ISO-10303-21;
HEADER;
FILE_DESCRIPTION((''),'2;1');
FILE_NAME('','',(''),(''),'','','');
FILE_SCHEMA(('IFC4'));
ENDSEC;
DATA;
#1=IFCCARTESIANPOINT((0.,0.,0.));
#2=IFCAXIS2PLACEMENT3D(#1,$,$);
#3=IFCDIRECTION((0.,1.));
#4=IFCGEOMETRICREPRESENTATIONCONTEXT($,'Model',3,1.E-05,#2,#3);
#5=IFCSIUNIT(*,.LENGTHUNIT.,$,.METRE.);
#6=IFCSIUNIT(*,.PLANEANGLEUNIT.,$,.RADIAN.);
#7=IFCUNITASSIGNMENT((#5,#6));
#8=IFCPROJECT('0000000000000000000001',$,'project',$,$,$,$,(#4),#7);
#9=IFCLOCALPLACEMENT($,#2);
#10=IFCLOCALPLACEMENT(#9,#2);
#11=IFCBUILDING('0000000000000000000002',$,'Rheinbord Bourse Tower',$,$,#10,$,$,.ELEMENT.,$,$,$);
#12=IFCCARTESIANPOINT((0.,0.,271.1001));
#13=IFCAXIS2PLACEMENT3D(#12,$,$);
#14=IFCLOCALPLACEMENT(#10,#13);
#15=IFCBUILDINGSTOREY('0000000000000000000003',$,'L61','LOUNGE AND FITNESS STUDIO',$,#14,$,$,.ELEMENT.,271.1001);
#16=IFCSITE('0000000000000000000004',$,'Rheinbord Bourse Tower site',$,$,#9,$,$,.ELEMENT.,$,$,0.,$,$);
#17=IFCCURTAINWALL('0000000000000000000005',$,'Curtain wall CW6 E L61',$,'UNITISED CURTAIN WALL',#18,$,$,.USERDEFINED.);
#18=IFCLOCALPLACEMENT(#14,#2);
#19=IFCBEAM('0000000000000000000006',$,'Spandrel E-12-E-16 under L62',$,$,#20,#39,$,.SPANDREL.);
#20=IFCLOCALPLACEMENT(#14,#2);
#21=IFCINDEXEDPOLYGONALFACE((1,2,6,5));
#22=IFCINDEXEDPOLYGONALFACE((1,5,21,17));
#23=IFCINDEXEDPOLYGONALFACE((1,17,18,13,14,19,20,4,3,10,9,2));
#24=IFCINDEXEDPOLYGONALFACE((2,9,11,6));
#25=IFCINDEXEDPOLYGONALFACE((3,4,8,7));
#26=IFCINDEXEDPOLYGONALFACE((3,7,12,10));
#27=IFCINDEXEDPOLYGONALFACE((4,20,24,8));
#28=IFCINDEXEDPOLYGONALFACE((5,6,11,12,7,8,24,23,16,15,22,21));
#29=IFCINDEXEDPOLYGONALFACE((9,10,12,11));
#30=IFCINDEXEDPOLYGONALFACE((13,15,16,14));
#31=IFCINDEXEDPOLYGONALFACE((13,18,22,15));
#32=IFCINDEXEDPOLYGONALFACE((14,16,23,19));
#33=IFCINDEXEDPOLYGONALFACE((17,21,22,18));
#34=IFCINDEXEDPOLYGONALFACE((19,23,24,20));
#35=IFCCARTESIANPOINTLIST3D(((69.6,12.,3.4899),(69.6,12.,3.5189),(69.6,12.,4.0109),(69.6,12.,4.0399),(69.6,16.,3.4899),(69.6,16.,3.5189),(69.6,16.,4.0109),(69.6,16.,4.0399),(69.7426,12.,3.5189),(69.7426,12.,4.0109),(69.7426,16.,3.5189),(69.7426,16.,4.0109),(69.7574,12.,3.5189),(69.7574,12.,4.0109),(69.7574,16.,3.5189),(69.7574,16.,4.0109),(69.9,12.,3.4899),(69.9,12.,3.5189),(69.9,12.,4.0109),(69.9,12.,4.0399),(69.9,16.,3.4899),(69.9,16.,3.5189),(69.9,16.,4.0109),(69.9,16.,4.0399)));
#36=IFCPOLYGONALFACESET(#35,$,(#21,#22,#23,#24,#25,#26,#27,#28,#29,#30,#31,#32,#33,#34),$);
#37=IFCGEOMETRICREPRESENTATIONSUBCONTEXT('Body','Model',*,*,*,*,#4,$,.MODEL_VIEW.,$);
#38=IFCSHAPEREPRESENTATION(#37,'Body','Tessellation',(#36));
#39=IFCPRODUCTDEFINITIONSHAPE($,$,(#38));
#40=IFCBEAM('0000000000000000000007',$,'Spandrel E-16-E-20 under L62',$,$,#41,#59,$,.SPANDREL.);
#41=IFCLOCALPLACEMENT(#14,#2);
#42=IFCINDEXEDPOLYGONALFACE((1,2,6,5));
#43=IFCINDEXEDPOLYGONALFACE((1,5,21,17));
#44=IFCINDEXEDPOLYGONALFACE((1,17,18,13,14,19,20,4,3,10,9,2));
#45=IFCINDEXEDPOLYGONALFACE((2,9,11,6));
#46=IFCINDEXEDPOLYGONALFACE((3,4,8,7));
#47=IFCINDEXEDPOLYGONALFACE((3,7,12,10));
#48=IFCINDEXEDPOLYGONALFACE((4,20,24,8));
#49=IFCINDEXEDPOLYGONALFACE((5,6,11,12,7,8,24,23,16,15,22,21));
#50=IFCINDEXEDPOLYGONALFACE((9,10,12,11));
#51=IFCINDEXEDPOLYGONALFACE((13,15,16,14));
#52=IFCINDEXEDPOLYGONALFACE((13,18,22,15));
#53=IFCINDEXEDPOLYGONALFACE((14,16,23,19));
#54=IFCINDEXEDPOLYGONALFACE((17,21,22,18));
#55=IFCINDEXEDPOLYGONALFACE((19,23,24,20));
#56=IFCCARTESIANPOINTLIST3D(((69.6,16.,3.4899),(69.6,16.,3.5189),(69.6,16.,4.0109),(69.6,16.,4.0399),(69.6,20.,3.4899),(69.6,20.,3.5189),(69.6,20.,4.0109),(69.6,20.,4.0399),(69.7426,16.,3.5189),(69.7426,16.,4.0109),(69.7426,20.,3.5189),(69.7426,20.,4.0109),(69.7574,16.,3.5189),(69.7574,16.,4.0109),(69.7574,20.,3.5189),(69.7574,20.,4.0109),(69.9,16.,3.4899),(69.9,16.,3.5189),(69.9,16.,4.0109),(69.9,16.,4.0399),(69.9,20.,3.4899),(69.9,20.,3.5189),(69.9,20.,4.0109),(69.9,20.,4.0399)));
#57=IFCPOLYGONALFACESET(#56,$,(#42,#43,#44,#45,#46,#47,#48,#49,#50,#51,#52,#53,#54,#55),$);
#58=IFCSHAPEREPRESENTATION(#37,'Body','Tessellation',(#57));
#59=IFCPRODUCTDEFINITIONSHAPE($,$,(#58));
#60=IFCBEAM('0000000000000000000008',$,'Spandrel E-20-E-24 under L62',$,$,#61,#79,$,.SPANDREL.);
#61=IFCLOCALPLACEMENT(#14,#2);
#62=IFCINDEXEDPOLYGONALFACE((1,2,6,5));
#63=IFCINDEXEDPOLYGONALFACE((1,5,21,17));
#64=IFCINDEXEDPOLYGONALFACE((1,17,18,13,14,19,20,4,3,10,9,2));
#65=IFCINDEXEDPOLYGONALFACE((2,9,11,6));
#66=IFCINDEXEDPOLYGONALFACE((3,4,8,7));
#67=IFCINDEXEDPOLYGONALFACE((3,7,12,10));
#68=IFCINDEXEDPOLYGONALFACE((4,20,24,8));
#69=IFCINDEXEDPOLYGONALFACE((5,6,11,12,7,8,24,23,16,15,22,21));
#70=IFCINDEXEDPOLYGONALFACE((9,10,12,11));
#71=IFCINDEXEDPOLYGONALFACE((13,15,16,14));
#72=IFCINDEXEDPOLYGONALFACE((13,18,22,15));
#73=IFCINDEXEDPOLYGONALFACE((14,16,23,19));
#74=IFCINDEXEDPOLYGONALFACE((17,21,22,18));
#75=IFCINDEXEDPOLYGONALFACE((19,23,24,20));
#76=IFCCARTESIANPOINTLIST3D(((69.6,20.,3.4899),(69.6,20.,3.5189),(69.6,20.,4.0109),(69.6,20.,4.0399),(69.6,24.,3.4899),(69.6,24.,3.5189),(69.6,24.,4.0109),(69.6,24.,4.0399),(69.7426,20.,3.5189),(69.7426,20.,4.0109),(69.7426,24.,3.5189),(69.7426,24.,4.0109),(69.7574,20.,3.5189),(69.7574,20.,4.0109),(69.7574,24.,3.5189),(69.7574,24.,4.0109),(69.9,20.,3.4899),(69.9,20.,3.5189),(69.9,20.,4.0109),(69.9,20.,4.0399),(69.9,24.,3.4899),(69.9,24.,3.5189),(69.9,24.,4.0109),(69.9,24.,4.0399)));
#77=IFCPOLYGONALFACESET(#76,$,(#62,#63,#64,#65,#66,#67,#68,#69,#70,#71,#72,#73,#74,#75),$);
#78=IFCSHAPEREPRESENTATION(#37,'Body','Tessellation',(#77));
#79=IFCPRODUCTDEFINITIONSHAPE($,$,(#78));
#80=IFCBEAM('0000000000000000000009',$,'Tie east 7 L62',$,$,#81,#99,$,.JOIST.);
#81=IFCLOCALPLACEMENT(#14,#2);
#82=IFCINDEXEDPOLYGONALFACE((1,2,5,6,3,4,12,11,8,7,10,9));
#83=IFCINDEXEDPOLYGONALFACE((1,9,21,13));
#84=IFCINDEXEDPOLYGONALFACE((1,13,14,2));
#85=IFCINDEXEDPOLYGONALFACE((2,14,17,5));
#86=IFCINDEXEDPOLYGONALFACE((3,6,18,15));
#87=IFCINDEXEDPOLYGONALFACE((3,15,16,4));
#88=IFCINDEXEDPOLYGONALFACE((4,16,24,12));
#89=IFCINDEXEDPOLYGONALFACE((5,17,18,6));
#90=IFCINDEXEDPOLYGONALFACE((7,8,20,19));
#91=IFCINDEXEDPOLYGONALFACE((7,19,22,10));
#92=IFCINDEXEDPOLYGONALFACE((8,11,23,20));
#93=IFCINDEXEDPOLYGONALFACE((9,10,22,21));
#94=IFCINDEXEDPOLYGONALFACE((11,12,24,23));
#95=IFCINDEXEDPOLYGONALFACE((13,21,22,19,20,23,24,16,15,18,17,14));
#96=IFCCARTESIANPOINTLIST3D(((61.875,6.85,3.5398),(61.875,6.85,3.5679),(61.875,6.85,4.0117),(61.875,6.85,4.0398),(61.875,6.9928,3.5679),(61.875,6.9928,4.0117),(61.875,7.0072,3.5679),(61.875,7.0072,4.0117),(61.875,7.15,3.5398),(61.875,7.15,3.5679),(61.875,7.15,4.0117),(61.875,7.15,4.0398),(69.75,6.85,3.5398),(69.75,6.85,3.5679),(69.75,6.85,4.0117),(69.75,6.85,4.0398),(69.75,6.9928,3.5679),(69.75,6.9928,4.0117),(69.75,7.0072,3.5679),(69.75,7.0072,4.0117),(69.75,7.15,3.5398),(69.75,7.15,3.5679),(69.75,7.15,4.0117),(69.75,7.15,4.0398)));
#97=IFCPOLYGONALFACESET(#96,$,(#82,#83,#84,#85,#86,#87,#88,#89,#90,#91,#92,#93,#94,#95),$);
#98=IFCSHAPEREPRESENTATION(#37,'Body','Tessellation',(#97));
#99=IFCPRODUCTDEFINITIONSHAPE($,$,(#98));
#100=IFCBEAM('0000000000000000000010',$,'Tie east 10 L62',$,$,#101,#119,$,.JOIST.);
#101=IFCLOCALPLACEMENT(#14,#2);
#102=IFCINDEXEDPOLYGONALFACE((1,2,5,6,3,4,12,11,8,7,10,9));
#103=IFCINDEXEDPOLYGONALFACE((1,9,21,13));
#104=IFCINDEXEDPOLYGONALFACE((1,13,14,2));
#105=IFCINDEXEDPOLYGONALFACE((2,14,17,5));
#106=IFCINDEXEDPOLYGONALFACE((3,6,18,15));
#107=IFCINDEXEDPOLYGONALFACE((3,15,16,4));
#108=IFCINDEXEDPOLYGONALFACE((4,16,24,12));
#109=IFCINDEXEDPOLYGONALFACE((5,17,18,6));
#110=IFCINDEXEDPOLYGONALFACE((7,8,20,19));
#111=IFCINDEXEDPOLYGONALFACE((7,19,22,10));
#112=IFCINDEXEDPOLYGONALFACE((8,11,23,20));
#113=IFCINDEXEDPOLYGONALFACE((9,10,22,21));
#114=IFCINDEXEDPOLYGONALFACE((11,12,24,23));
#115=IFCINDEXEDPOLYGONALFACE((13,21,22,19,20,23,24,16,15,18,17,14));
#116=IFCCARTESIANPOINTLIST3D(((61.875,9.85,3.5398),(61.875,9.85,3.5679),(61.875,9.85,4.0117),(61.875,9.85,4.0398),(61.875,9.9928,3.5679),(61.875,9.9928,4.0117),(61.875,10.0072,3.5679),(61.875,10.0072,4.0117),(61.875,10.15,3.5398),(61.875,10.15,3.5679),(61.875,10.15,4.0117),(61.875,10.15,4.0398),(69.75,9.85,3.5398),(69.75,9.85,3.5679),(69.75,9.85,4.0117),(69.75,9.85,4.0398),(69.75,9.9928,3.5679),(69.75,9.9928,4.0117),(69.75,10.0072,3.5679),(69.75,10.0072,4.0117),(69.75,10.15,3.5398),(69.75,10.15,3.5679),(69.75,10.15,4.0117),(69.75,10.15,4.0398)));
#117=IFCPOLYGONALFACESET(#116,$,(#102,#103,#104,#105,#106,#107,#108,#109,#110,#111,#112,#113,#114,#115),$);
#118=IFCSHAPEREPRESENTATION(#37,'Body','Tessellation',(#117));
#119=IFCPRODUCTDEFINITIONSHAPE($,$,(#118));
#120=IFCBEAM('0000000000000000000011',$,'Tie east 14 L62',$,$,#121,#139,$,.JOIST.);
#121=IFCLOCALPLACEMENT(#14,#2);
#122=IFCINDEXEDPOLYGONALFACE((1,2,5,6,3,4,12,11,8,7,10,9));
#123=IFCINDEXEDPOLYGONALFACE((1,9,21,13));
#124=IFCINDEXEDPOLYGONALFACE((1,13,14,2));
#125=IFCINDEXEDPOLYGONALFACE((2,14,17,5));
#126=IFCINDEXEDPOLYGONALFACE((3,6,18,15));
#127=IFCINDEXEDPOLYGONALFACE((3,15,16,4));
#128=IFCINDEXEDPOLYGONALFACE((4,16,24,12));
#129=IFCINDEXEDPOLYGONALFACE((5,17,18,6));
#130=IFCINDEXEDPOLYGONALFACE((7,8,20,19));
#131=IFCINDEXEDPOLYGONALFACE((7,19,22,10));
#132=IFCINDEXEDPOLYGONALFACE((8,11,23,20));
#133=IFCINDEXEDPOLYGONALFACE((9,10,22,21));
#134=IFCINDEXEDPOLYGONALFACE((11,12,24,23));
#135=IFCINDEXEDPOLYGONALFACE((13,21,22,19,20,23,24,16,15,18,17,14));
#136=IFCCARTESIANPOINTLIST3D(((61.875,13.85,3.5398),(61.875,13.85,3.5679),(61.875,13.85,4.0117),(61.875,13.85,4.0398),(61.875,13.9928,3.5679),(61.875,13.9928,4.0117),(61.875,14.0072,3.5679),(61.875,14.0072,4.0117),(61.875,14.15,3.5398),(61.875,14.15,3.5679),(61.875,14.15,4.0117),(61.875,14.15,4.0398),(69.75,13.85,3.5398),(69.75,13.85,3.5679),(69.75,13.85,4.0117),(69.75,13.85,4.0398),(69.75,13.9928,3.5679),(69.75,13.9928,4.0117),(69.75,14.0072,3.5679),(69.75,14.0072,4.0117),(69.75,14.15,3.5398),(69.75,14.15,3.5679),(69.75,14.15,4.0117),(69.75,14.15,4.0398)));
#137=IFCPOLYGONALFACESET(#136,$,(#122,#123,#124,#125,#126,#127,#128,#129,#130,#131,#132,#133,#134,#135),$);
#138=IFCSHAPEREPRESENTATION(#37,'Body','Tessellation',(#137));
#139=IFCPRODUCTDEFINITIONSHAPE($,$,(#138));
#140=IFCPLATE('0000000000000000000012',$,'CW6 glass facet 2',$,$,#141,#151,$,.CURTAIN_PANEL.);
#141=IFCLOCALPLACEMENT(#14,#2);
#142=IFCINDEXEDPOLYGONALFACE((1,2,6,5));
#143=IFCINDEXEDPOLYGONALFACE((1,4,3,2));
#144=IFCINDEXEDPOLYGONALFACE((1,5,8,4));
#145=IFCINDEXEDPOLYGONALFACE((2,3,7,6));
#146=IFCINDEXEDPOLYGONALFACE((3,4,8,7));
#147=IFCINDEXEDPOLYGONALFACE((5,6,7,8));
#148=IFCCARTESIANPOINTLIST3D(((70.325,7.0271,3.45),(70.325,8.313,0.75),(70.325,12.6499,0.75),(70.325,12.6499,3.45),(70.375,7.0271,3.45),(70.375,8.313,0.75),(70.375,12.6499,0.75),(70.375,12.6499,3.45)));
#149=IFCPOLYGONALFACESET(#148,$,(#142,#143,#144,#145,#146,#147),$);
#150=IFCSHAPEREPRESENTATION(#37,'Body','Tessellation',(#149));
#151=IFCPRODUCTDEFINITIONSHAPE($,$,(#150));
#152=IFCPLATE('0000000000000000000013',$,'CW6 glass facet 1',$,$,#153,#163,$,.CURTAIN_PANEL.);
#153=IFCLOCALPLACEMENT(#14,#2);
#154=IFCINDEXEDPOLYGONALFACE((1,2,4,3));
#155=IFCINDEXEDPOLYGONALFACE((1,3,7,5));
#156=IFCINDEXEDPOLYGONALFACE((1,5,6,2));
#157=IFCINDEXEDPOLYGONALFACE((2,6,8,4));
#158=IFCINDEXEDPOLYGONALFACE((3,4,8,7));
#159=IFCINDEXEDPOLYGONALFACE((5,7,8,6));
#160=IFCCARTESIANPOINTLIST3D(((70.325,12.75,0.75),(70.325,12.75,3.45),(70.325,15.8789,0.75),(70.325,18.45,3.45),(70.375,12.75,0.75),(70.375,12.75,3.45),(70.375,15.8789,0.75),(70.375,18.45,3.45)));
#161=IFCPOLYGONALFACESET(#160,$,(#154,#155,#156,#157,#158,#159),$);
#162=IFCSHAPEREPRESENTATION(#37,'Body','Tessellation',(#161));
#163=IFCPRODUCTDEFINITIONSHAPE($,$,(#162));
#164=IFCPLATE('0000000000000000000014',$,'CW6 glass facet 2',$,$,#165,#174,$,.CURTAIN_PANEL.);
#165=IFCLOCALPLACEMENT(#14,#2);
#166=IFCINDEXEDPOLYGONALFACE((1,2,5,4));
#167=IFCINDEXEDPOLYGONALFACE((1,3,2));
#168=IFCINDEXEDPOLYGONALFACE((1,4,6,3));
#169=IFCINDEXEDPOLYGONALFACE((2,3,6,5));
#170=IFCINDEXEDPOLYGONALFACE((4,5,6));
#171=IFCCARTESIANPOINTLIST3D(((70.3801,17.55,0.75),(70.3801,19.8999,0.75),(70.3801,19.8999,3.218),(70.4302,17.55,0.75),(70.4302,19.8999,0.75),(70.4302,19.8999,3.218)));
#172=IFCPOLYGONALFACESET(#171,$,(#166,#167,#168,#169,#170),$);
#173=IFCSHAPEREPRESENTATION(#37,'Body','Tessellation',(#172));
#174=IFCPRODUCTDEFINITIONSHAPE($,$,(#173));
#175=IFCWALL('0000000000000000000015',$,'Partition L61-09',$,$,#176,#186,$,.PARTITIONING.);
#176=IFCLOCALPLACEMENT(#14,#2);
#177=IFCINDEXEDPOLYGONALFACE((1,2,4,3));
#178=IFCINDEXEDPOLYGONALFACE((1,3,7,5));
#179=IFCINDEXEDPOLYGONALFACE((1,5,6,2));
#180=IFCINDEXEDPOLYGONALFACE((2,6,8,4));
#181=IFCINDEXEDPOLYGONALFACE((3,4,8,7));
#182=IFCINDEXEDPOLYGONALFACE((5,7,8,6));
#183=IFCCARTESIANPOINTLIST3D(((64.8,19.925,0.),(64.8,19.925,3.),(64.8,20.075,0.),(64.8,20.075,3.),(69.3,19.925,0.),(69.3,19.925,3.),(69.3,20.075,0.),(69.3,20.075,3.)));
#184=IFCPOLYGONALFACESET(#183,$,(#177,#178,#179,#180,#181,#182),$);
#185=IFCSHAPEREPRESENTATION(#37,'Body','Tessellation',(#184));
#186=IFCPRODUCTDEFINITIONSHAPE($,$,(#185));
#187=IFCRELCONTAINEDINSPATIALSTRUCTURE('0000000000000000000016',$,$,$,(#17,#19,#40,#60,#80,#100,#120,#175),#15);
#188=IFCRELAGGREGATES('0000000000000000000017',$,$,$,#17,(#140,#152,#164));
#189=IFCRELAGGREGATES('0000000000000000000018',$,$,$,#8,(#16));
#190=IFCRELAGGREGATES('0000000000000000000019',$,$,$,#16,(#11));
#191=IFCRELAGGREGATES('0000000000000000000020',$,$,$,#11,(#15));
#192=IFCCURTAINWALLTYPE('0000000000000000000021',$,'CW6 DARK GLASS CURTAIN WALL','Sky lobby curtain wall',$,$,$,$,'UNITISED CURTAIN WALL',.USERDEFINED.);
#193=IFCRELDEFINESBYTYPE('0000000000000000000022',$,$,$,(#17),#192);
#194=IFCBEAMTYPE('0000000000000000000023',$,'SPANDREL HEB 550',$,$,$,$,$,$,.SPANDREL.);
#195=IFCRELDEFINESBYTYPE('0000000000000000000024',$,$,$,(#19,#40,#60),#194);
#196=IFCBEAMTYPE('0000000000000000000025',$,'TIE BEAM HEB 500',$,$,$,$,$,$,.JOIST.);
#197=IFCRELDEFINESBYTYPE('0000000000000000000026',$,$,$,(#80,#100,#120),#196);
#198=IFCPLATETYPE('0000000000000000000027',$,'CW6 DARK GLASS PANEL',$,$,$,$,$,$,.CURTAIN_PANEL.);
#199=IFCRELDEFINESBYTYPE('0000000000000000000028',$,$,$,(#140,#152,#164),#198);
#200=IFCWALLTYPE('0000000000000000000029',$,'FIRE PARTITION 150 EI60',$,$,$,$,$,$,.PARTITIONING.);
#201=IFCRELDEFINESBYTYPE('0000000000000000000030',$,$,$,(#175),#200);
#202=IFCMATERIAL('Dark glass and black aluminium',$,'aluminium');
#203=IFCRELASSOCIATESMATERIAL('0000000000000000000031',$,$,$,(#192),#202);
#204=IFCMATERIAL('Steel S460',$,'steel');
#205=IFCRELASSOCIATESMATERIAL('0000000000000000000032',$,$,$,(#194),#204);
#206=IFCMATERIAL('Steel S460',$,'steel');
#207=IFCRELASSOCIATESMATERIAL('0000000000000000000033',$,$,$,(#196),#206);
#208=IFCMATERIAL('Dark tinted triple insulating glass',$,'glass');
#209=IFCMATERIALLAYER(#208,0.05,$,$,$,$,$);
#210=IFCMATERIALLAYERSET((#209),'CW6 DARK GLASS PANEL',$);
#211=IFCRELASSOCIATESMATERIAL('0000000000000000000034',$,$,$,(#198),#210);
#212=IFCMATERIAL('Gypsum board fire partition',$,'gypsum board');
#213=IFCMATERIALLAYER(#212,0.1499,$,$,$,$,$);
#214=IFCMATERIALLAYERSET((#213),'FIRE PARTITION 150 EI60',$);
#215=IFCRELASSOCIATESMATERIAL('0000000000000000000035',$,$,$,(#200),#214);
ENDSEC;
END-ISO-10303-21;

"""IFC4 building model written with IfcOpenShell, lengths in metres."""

from ifc_helpers import new_model, si_unit, direction, frame, frame_2d, origin, origin_2d, place, context, subcontext, project, spatial, polyline, rectangle, i_section, outline, extrude, material, layer, layer_set, material_profile, profile_set, type_object, element, aggregate, save


model = new_model("IFC4")

# Units and contexts
model_context = context("Model", 3, precision=1e-05, world=origin(), true_north=direction((0.0, 1.0)))
body_context = subcontext(model_context, "Body", "Model", "MODEL_VIEW")
ifc_project = project(units=[si_unit("LENGTHUNIT", "METRE"), si_unit("PLANEANGLEUNIT", "RADIAN")], contexts=[model_context])

# Site, building, storey
site_placement = place(None, origin())
site = spatial("IfcSite", under=ifc_project, at=site_placement, Name="Rheinbord Bourse Tower site", CompositionType="ELEMENT", RefElevation=0.0)
building_placement = place(site_placement, origin())
building = spatial("IfcBuilding", under=site, at=building_placement, Name="Rheinbord Bourse Tower", CompositionType="ELEMENT")
storey_placement = place(building_placement, frame((0.0, 0.0, 271.1001)))
storey = spatial("IfcBuildingStorey", under=building, at=storey_placement, Name="L61", Description="LOUNGE AND FITNESS STUDIO", CompositionType="ELEMENT", Elevation=271.1001)

# Curtain wall
ifc_material_1 = material(Name="Dark glass and black aluminium", Category="aluminium")
curtain_wall_type = type_object("IfcCurtainWallType", Name="CW6 DARK GLASS CURTAIN WALL", Description="Sky lobby curtain wall", ElementType="UNITISED CURTAIN WALL", PredefinedType="USERDEFINED", material=ifc_material_1)
curtain_wall_placement = place(storey_placement, origin())
curtain_wall = element("IfcCurtainWall", 1, at=curtain_wall_placement, inside=storey, type_object=curtain_wall_type, Name="Curtain wall CW6 E L61", ObjectType="UNITISED CURTAIN WALL", PredefinedType="USERDEFINED")

# Beams
ifc_material_2 = material(Name="Steel S460", Category="steel")
ifc_material_profile_1 = material_profile(ifc_material_2, i_section(OverallWidth=0.3, OverallDepth=0.55, WebThickness=0.0149, FlangeThickness=0.0291, at=origin_2d()), Name="HEB 550")
ifc_profile_set_1 = profile_set([ifc_material_profile_1], Name="Steel S460")
beam_type_1 = type_object("IfcBeamType", Name="SPANDREL HEB 550", PredefinedType="SPANDREL", material=ifc_profile_set_1)
for number, where, z_axis, x_axis, name in (
    (2, (69.75, 12.0, 3.7649), (0.0, 1.0, 0.0), (-1.0, 0.0, 0.0), "Spandrel E-12-E-16 under L62"),
    (3, (69.75, 16.0, 3.7649), (0.0, 1.0, 0.0), (-1.0, 0.0, 0.0), "Spandrel E-16-E-20 under L62"),
    (4, (69.75, 20.0, 3.7649), (0.0, 1.0, 0.0), (-1.0, 0.0, 0.0), "Spandrel E-20-E-24 under L62"),
):
    element("IfcBeam", number, at=place(storey_placement, frame(where, z_axis=z_axis, x_axis=x_axis)), inside=storey, type_object=beam_type_1, Name=name, PredefinedType="SPANDREL", context=body_context, shape_type="SweptSolid", body=[
        extrude(i_section(OverallWidth=0.3, OverallDepth=0.55, WebThickness=0.0149, FlangeThickness=0.0291, at=origin_2d()), origin(), (0.0, 0.0, 1.0), 4.0),
    ])
ifc_material_3 = material(Name="Steel S460", Category="steel")
ifc_material_profile_2 = material_profile(ifc_material_3, i_section(OverallWidth=0.3, OverallDepth=0.5, WebThickness=0.0144, FlangeThickness=0.0281, at=origin_2d()), Name="HEB 500")
ifc_profile_set_2 = profile_set([ifc_material_profile_2], Name="Steel S460")
beam_type_2 = type_object("IfcBeamType", Name="TIE BEAM HEB 500", PredefinedType="JOIST", material=ifc_profile_set_2)
for number, where, z_axis, x_axis, name in (
    (5, (61.875, 7.0, 3.7898), (1.0, 0.0, 0.0), (0.0, 1.0, 0.0), "Tie east 7 L62"),
    (6, (61.875, 10.0, 3.7898), (1.0, 0.0, 0.0), (0.0, 1.0, 0.0), "Tie east 10 L62"),
    (7, (61.875, 14.0, 3.7898), (1.0, 0.0, 0.0), (0.0, 1.0, 0.0), "Tie east 14 L62"),
):
    element("IfcBeam", number, at=place(storey_placement, frame(where, z_axis=z_axis, x_axis=x_axis)), inside=storey, type_object=beam_type_2, Name=name, PredefinedType="JOIST", context=body_context, shape_type="SweptSolid", body=[
        extrude(i_section(OverallWidth=0.3, OverallDepth=0.5, WebThickness=0.0144, FlangeThickness=0.0281, at=origin_2d()), origin(), (0.0, 0.0, 1.0), 7.875),
    ])

# Plates
ifc_material_4 = material(Name="Dark tinted triple insulating glass", Category="glass")
ifc_layer_1 = layer(ifc_material_4, 0.05)
ifc_layer_set_1 = layer_set([ifc_layer_1], Name="CW6 DARK GLASS PANEL")
plate_type = type_object("IfcPlateType", Name="CW6 DARK GLASS PANEL", PredefinedType="CURTAIN_PANEL", material=ifc_layer_set_1)
plate_1_placement = place(storey_placement, frame((70.375, 12.6499, 3.45), z_axis=(-1.0, 0.0, 0.0), x_axis=(0.0, 0.0, -1.0)))
plate_1 = element("IfcPlate", 8, at=plate_1_placement, type_object=plate_type, Name="CW6 glass facet 2", PredefinedType="CURTAIN_PANEL", context=body_context, shape_type="SweptSolid", body=[
    extrude(outline(polyline([(0.0, 0.0), (2.7, 0.0), (2.7, 4.3369), (0.0, 5.6228), (0.0, 0.0)])), origin(), (0.0, 0.0, 1.0), 0.05),
])
plate_2_placement = place(storey_placement, frame((70.375, 12.75, 0.75), z_axis=(-1.0, 0.0, 0.0), x_axis=(0.0, 0.0, 1.0)))
plate_2 = element("IfcPlate", 9, at=plate_2_placement, type_object=plate_type, Name="CW6 glass facet 1", PredefinedType="CURTAIN_PANEL", context=body_context, shape_type="SweptSolid", body=[
    extrude(outline(polyline([(0.0, 0.0), (2.7, 0.0), (2.7, 5.7), (0.0, 3.1289), (0.0, 0.0)])), origin(), (0.0, 0.0, 1.0), 0.05),
])
plate_3_placement = place(storey_placement, frame((70.4302, 19.8999, 0.75), z_axis=(-1.0, 0.0, 0.0), x_axis=(0.0, -1.0, 0.0)))
plate_3 = element("IfcPlate", 10, at=plate_3_placement, type_object=plate_type, Name="CW6 glass facet 2", PredefinedType="CURTAIN_PANEL", context=body_context, shape_type="SweptSolid", body=[
    extrude(outline(polyline([(0.0, 0.0), (2.3499, 0.0), (0.0, 2.468), (0.0, 0.0)])), origin(), (0.0, 0.0, 1.0), 0.05),
])
aggregate(curtain_wall, [plate_1, plate_2, plate_3])

# Wall
ifc_material_5 = material(Name="Gypsum board fire partition", Category="gypsum board")
ifc_layer_2 = layer(ifc_material_5, 0.1499)
ifc_layer_set_2 = layer_set([ifc_layer_2], Name="FIRE PARTITION 150 EI60")
wall_type_1 = type_object("IfcWallType", Name="FIRE PARTITION 150 EI60", PredefinedType="PARTITIONING", material=ifc_layer_set_2)
wall_1_placement = place(storey_placement, frame((64.8, 20.0, 0.0), z_axis=(0.0, 0.0, 1.0), x_axis=(1.0, 0.0, 0.0)))
element("IfcWall", 11, at=wall_1_placement, inside=storey, type_object=wall_type_1, Name="Partition L61-09", PredefinedType="PARTITIONING", context=body_context, shape_type="SweptSolid", body=[
    extrude(rectangle(XDim=4.5, YDim=0.1499, at=frame_2d((2.25, 0.0))), origin(), (0.0, 0.0, 1.0), 3.0),
])

save(model, "model.ifc")
